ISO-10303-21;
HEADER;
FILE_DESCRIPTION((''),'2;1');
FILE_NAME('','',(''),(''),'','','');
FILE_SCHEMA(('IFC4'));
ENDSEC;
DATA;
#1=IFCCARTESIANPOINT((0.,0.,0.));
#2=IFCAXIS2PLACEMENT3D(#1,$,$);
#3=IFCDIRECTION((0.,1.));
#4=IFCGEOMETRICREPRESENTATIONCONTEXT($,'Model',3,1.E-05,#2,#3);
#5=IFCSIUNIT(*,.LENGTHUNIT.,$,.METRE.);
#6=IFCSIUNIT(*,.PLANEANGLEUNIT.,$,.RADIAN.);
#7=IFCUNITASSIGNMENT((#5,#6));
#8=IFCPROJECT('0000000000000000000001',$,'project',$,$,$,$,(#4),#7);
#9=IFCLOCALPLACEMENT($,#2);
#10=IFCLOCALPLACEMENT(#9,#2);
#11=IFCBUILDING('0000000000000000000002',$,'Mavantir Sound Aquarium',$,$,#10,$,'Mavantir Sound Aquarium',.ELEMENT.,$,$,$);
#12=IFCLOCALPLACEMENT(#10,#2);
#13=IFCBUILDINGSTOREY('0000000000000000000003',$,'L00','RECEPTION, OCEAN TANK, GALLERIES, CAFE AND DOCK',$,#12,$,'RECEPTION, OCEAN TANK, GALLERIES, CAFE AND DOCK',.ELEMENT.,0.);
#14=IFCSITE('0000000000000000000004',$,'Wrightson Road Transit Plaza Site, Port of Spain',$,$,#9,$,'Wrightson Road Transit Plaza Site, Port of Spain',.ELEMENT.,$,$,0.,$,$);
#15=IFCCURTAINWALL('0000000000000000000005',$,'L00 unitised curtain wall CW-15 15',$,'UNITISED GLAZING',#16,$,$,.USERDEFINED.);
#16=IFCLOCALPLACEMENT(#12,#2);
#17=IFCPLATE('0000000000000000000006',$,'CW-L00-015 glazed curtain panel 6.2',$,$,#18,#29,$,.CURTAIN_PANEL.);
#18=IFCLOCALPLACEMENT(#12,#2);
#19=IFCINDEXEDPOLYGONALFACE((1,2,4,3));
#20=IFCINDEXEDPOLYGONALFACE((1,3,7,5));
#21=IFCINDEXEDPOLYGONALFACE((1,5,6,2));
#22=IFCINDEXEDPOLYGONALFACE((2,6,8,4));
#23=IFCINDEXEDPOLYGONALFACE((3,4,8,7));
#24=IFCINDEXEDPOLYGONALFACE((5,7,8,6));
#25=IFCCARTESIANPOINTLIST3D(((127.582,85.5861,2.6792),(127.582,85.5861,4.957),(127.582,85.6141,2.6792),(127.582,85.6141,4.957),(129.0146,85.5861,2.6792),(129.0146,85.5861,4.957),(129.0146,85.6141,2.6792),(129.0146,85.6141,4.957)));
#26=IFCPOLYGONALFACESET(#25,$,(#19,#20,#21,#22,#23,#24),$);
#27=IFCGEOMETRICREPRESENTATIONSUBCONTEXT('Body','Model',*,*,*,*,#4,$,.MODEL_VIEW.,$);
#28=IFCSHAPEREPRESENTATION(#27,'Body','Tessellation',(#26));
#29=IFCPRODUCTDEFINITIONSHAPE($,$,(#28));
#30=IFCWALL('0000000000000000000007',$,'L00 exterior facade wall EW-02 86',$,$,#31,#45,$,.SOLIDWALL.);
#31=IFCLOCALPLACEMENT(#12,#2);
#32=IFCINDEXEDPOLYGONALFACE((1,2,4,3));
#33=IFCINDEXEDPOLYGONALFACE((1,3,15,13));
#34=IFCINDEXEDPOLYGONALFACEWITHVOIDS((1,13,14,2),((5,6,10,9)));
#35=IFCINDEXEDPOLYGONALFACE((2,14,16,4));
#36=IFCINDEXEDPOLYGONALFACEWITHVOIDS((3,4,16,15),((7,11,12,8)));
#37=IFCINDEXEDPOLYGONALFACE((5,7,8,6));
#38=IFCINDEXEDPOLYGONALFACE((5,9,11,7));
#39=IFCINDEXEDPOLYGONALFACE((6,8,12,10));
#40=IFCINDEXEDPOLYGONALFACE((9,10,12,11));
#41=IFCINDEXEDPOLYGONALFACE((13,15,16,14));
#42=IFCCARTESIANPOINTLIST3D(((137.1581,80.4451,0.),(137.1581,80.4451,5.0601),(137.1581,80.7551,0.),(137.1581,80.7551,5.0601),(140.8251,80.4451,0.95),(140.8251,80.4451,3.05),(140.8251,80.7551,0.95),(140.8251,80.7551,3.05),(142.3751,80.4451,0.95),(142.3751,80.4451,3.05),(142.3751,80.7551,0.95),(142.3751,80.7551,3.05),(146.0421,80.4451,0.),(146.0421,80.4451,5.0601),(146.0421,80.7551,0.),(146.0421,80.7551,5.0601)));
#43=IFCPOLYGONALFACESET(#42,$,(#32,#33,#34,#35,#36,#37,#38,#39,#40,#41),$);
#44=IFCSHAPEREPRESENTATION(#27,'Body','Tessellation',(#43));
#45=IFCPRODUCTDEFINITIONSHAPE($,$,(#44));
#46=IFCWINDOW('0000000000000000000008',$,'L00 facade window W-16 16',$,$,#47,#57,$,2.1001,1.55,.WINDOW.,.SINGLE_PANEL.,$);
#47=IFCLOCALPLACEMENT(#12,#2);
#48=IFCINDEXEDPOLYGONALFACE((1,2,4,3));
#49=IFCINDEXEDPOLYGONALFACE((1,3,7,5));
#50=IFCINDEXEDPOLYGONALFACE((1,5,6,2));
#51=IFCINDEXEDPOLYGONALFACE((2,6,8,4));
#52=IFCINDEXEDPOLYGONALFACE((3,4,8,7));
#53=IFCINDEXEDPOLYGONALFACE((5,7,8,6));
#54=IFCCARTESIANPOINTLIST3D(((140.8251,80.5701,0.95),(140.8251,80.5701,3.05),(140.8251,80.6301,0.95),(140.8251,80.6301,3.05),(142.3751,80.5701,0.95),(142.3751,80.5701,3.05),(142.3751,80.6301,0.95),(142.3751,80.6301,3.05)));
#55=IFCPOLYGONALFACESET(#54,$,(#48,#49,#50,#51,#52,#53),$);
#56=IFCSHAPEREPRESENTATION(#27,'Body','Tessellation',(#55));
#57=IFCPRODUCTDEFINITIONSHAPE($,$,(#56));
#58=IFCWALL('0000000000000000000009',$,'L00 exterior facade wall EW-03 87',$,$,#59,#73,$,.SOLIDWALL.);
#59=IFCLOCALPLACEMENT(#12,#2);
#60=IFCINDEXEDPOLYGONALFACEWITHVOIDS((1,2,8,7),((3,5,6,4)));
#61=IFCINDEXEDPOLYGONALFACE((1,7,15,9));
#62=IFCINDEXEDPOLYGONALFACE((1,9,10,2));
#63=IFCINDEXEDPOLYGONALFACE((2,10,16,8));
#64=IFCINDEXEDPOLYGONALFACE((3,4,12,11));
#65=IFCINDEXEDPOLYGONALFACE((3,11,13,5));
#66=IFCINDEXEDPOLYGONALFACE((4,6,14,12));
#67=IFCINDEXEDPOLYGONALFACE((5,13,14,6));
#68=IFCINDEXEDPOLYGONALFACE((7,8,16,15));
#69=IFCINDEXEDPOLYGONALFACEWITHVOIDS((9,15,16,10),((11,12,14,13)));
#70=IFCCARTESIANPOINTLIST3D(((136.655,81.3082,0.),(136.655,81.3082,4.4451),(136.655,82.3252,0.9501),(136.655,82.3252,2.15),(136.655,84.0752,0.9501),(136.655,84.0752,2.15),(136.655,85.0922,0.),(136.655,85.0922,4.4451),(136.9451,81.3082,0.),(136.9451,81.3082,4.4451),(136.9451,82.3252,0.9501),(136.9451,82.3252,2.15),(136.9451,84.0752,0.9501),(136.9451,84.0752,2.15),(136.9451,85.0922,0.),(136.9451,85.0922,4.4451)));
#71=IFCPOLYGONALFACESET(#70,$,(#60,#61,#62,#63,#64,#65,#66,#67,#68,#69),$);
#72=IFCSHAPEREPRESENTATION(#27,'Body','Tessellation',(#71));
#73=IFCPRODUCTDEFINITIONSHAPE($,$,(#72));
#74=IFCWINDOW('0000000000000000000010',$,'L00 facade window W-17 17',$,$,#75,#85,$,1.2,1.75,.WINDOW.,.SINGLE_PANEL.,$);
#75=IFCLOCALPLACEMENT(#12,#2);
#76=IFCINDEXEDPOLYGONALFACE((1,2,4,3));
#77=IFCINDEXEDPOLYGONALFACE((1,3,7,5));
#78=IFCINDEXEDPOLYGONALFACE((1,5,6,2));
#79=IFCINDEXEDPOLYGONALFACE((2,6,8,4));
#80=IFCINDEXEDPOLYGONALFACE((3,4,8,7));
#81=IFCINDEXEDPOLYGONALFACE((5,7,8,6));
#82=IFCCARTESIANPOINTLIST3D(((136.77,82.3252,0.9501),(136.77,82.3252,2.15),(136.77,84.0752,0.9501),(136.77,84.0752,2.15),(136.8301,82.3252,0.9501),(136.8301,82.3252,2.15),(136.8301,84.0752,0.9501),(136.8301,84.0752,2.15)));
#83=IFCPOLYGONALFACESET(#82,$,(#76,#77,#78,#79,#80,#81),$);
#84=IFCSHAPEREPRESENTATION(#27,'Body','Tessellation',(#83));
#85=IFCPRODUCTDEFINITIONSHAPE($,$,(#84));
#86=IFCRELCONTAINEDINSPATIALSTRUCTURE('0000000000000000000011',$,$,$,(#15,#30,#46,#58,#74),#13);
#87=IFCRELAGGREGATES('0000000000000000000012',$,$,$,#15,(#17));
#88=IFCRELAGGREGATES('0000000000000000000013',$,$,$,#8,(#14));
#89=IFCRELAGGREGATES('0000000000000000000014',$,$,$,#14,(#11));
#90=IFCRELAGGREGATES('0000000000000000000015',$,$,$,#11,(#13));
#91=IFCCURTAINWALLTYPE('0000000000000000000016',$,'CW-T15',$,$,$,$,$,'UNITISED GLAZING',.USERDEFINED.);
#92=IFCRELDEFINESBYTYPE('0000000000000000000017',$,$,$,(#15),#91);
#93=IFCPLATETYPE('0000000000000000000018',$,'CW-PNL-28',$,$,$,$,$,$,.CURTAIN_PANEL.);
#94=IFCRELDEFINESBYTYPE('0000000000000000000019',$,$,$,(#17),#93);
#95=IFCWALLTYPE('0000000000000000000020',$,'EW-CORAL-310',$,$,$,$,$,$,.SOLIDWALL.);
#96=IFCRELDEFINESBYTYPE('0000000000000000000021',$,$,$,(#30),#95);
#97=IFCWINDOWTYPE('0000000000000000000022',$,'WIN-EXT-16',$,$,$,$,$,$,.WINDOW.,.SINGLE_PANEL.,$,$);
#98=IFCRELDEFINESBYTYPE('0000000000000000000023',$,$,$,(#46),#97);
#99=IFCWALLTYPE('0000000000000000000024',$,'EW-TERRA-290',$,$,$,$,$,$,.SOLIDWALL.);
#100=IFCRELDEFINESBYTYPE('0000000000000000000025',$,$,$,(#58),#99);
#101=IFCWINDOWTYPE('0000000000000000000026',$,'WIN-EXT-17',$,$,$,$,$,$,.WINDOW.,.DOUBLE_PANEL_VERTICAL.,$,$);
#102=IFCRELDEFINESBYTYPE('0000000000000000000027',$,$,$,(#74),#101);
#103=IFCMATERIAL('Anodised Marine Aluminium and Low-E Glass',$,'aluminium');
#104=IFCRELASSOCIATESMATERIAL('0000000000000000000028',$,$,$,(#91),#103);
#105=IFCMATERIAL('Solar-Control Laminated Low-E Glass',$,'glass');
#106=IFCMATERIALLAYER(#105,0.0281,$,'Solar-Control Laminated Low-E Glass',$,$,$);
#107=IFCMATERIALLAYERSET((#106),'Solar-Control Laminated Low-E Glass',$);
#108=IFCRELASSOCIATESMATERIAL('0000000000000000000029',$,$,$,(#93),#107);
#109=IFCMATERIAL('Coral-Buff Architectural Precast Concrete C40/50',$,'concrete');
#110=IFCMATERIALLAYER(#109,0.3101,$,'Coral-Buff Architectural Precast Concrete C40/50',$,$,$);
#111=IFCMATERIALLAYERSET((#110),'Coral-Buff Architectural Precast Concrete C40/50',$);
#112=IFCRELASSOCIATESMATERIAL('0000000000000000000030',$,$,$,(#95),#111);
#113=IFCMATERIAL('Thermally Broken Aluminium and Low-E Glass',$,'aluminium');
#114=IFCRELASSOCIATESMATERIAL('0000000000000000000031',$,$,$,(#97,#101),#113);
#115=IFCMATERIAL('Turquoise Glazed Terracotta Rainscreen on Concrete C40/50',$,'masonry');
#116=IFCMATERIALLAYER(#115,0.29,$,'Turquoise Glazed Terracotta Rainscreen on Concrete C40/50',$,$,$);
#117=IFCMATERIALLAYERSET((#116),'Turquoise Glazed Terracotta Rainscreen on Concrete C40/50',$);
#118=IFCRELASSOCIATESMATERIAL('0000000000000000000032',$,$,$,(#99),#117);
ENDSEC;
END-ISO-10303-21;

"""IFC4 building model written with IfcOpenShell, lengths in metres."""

from ifc_helpers import new_model, si_unit, direction, frame, frame_2d, origin, origin_2d, place, context, subcontext, project, spatial, rectangle, extrude, material, layer, layer_set, type_object, element, fill, aggregate, save


model = new_model("IFC4")

# Units and contexts
model_context = context("Model", 3, precision=1e-05, world=origin(), true_north=direction((0.0, 1.0)))
body_context = subcontext(model_context, "Body", "Model", "MODEL_VIEW")
ifc_project = project(units=[si_unit("LENGTHUNIT", "METRE"), si_unit("PLANEANGLEUNIT", "RADIAN")], contexts=[model_context])

# Site, building, storey
site_placement = place(None, origin())
site = spatial("IfcSite", under=ifc_project, at=site_placement, Name="Wrightson Road Transit Plaza Site, Port of Spain", LongName="Wrightson Road Transit Plaza Site, Port of Spain", CompositionType="ELEMENT", RefElevation=0.0)
building_placement = place(site_placement, origin())
building = spatial("IfcBuilding", under=site, at=building_placement, Name="Mavantir Sound Aquarium", LongName="Mavantir Sound Aquarium", CompositionType="ELEMENT")
storey_placement = place(building_placement, origin())
storey = spatial("IfcBuildingStorey", under=building, at=storey_placement, Name="L00", Description="RECEPTION, OCEAN TANK, GALLERIES, CAFE AND DOCK", LongName="RECEPTION, OCEAN TANK, GALLERIES, CAFE AND DOCK", CompositionType="ELEMENT", Elevation=0.0)

# Curtain wall, plate
ifc_material_1 = material(Name="Anodised Marine Aluminium and Low-E Glass", Category="aluminium")
curtain_wall_type = type_object("IfcCurtainWallType", Name="CW-T15", ElementType="UNITISED GLAZING", PredefinedType="USERDEFINED", material=ifc_material_1)
curtain_wall_placement = place(storey_placement, origin())
curtain_wall = element("IfcCurtainWall", 1, at=curtain_wall_placement, inside=storey, type_object=curtain_wall_type, Name="L00 unitised curtain wall CW-15 15", ObjectType="UNITISED GLAZING", PredefinedType="USERDEFINED")
ifc_material_2 = material(Name="Solar-Control Laminated Low-E Glass", Category="glass")
ifc_layer_1 = layer(ifc_material_2, 0.0281, Name="Solar-Control Laminated Low-E Glass")
ifc_layer_set_1 = layer_set([ifc_layer_1], Name="Solar-Control Laminated Low-E Glass")
plate_type = type_object("IfcPlateType", Name="CW-PNL-28", PredefinedType="CURTAIN_PANEL", material=ifc_layer_set_1)
plate_1_placement = place(storey_placement, frame((128.2983, 85.6001, 2.6792), z_axis=(0.0, 0.0, 1.0), x_axis=(-1.0, 0.0, 0.0)))
plate_1 = element("IfcPlate", 2, at=plate_1_placement, type_object=plate_type, Name="CW-L00-015 glazed curtain panel 6.2", PredefinedType="CURTAIN_PANEL", context=body_context, shape_type="SweptSolid", body=[
    extrude(rectangle(XDim=1.4326, YDim=0.0281, at=origin_2d()), origin(), (0.0, 0.0, 1.0), 2.2778),
])
aggregate(curtain_wall, [plate_1])

# Walls, openings, windows
ifc_material_3 = material(Name="Coral-Buff Architectural Precast Concrete C40/50", Category="concrete")
ifc_layer_2 = layer(ifc_material_3, 0.3101, Name="Coral-Buff Architectural Precast Concrete C40/50")
ifc_layer_set_2 = layer_set([ifc_layer_2], Name="Coral-Buff Architectural Precast Concrete C40/50")
wall_type_1 = type_object("IfcWallType", Name="EW-CORAL-310", PredefinedType="SOLIDWALL", material=ifc_layer_set_2)
wall_1_placement = place(storey_placement, frame((146.042, 80.6001, 0.0), z_axis=(0.0, 0.0, 1.0), x_axis=(-1.0, 0.0, 0.0)))
wall_1 = element("IfcWall", 3, at=wall_1_placement, inside=storey, type_object=wall_type_1, Name="L00 exterior facade wall EW-02 86", PredefinedType="SOLIDWALL", context=body_context, shape_type="SweptSolid", body=[
    extrude(rectangle(XDim=8.884, YDim=0.3101, at=frame_2d((4.4419, 0.0))), origin(), (0.0, 0.0, 1.0), 5.0601),
])
opening_1_placement = place(wall_1_placement, frame((3.667, 0.0, 0.95)))
opening_1 = element("IfcOpeningElement", 4, at=opening_1_placement, cuts=wall_1, PredefinedType="OPENING", context=body_context, shape_type="SweptSolid", body=[
    extrude(rectangle(XDim=1.55, YDim=2.1001, at=frame_2d((0.7749, 1.05))), frame((0.0, 0.165, 0.0), z_axis=(0.0, -1.0, 0.0), x_axis=(1.0, 0.0, 0.0)), (0.0, 0.0, 1.0), 0.3301),
])
ifc_material_4 = material(Name="Thermally Broken Aluminium and Low-E Glass", Category="aluminium")
window_type_1 = type_object("IfcWindowType", Name="WIN-EXT-16", PartitioningType="SINGLE_PANEL", PredefinedType="WINDOW", material=ifc_material_4)
window_1_placement = place(opening_1_placement, origin())
window_1 = element("IfcWindow", 5, at=window_1_placement, inside=storey, type_object=window_type_1, Name="L00 facade window W-16 16", OverallHeight=2.1001, OverallWidth=1.55, PartitioningType="SINGLE_PANEL", PredefinedType="WINDOW", context=body_context, shape_type="SweptSolid", body=[
    extrude(rectangle(XDim=1.55, YDim=2.1001, at=frame_2d((0.7749, 1.05))), frame((0.0, 0.03, 0.0), z_axis=(0.0, -1.0, 0.0), x_axis=(1.0, 0.0, 0.0)), (0.0, 0.0, 1.0), 0.0601),
])
fill(opening_1, window_1)
ifc_material_5 = material(Name="Turquoise Glazed Terracotta Rainscreen on Concrete C40/50", Category="masonry")
ifc_layer_3 = layer(ifc_material_5, 0.29, Name="Turquoise Glazed Terracotta Rainscreen on Concrete C40/50")
ifc_layer_set_3 = layer_set([ifc_layer_3], Name="Turquoise Glazed Terracotta Rainscreen on Concrete C40/50")
wall_type_2 = type_object("IfcWallType", Name="EW-TERRA-290", PredefinedType="SOLIDWALL", material=ifc_layer_set_3)
wall_2_placement = place(storey_placement, frame((136.8, 81.3081, 0.0), z_axis=(0.0, 0.0, 1.0), x_axis=(0.0, 1.0, 0.0)))
wall_2 = element("IfcWall", 6, at=wall_2_placement, inside=storey, type_object=wall_type_2, Name="L00 exterior facade wall EW-03 87", PredefinedType="SOLIDWALL", context=body_context, shape_type="SweptSolid", body=[
    extrude(rectangle(XDim=3.7839, YDim=0.29, at=frame_2d((1.8921, 0.0))), origin(), (0.0, 0.0, 1.0), 4.4451),
])
opening_2_placement = place(wall_2_placement, frame((1.0171, 0.0, 0.95)))
opening_2 = element("IfcOpeningElement", 7, at=opening_2_placement, cuts=wall_2, PredefinedType="OPENING", context=body_context, shape_type="SweptSolid", body=[
    extrude(rectangle(XDim=1.75, YDim=1.2, at=frame_2d((0.875, 0.6001))), frame((0.0, 0.155, 0.0), z_axis=(0.0, -1.0, 0.0), x_axis=(1.0, 0.0, 0.0)), (0.0, 0.0, 1.0), 0.3101),
])
window_type_2 = type_object("IfcWindowType", Name="WIN-EXT-17", PartitioningType="DOUBLE_PANEL_VERTICAL", PredefinedType="WINDOW", material=ifc_material_4)
window_2_placement = place(opening_2_placement, origin())
window_2 = element("IfcWindow", 8, at=window_2_placement, inside=storey, type_object=window_type_2, Name="L00 facade window W-17 17", OverallHeight=1.2, OverallWidth=1.75, PartitioningType="SINGLE_PANEL", PredefinedType="WINDOW", context=body_context, shape_type="SweptSolid", body=[
    extrude(rectangle(XDim=1.75, YDim=1.2, at=frame_2d((0.875, 0.6001))), frame((0.0, 0.03, 0.0), z_axis=(0.0, -1.0, 0.0), x_axis=(1.0, 0.0, 0.0)), (0.0, 0.0, 1.0), 0.0601),
])
fill(opening_2, window_2)

save(model, "model.ifc")
